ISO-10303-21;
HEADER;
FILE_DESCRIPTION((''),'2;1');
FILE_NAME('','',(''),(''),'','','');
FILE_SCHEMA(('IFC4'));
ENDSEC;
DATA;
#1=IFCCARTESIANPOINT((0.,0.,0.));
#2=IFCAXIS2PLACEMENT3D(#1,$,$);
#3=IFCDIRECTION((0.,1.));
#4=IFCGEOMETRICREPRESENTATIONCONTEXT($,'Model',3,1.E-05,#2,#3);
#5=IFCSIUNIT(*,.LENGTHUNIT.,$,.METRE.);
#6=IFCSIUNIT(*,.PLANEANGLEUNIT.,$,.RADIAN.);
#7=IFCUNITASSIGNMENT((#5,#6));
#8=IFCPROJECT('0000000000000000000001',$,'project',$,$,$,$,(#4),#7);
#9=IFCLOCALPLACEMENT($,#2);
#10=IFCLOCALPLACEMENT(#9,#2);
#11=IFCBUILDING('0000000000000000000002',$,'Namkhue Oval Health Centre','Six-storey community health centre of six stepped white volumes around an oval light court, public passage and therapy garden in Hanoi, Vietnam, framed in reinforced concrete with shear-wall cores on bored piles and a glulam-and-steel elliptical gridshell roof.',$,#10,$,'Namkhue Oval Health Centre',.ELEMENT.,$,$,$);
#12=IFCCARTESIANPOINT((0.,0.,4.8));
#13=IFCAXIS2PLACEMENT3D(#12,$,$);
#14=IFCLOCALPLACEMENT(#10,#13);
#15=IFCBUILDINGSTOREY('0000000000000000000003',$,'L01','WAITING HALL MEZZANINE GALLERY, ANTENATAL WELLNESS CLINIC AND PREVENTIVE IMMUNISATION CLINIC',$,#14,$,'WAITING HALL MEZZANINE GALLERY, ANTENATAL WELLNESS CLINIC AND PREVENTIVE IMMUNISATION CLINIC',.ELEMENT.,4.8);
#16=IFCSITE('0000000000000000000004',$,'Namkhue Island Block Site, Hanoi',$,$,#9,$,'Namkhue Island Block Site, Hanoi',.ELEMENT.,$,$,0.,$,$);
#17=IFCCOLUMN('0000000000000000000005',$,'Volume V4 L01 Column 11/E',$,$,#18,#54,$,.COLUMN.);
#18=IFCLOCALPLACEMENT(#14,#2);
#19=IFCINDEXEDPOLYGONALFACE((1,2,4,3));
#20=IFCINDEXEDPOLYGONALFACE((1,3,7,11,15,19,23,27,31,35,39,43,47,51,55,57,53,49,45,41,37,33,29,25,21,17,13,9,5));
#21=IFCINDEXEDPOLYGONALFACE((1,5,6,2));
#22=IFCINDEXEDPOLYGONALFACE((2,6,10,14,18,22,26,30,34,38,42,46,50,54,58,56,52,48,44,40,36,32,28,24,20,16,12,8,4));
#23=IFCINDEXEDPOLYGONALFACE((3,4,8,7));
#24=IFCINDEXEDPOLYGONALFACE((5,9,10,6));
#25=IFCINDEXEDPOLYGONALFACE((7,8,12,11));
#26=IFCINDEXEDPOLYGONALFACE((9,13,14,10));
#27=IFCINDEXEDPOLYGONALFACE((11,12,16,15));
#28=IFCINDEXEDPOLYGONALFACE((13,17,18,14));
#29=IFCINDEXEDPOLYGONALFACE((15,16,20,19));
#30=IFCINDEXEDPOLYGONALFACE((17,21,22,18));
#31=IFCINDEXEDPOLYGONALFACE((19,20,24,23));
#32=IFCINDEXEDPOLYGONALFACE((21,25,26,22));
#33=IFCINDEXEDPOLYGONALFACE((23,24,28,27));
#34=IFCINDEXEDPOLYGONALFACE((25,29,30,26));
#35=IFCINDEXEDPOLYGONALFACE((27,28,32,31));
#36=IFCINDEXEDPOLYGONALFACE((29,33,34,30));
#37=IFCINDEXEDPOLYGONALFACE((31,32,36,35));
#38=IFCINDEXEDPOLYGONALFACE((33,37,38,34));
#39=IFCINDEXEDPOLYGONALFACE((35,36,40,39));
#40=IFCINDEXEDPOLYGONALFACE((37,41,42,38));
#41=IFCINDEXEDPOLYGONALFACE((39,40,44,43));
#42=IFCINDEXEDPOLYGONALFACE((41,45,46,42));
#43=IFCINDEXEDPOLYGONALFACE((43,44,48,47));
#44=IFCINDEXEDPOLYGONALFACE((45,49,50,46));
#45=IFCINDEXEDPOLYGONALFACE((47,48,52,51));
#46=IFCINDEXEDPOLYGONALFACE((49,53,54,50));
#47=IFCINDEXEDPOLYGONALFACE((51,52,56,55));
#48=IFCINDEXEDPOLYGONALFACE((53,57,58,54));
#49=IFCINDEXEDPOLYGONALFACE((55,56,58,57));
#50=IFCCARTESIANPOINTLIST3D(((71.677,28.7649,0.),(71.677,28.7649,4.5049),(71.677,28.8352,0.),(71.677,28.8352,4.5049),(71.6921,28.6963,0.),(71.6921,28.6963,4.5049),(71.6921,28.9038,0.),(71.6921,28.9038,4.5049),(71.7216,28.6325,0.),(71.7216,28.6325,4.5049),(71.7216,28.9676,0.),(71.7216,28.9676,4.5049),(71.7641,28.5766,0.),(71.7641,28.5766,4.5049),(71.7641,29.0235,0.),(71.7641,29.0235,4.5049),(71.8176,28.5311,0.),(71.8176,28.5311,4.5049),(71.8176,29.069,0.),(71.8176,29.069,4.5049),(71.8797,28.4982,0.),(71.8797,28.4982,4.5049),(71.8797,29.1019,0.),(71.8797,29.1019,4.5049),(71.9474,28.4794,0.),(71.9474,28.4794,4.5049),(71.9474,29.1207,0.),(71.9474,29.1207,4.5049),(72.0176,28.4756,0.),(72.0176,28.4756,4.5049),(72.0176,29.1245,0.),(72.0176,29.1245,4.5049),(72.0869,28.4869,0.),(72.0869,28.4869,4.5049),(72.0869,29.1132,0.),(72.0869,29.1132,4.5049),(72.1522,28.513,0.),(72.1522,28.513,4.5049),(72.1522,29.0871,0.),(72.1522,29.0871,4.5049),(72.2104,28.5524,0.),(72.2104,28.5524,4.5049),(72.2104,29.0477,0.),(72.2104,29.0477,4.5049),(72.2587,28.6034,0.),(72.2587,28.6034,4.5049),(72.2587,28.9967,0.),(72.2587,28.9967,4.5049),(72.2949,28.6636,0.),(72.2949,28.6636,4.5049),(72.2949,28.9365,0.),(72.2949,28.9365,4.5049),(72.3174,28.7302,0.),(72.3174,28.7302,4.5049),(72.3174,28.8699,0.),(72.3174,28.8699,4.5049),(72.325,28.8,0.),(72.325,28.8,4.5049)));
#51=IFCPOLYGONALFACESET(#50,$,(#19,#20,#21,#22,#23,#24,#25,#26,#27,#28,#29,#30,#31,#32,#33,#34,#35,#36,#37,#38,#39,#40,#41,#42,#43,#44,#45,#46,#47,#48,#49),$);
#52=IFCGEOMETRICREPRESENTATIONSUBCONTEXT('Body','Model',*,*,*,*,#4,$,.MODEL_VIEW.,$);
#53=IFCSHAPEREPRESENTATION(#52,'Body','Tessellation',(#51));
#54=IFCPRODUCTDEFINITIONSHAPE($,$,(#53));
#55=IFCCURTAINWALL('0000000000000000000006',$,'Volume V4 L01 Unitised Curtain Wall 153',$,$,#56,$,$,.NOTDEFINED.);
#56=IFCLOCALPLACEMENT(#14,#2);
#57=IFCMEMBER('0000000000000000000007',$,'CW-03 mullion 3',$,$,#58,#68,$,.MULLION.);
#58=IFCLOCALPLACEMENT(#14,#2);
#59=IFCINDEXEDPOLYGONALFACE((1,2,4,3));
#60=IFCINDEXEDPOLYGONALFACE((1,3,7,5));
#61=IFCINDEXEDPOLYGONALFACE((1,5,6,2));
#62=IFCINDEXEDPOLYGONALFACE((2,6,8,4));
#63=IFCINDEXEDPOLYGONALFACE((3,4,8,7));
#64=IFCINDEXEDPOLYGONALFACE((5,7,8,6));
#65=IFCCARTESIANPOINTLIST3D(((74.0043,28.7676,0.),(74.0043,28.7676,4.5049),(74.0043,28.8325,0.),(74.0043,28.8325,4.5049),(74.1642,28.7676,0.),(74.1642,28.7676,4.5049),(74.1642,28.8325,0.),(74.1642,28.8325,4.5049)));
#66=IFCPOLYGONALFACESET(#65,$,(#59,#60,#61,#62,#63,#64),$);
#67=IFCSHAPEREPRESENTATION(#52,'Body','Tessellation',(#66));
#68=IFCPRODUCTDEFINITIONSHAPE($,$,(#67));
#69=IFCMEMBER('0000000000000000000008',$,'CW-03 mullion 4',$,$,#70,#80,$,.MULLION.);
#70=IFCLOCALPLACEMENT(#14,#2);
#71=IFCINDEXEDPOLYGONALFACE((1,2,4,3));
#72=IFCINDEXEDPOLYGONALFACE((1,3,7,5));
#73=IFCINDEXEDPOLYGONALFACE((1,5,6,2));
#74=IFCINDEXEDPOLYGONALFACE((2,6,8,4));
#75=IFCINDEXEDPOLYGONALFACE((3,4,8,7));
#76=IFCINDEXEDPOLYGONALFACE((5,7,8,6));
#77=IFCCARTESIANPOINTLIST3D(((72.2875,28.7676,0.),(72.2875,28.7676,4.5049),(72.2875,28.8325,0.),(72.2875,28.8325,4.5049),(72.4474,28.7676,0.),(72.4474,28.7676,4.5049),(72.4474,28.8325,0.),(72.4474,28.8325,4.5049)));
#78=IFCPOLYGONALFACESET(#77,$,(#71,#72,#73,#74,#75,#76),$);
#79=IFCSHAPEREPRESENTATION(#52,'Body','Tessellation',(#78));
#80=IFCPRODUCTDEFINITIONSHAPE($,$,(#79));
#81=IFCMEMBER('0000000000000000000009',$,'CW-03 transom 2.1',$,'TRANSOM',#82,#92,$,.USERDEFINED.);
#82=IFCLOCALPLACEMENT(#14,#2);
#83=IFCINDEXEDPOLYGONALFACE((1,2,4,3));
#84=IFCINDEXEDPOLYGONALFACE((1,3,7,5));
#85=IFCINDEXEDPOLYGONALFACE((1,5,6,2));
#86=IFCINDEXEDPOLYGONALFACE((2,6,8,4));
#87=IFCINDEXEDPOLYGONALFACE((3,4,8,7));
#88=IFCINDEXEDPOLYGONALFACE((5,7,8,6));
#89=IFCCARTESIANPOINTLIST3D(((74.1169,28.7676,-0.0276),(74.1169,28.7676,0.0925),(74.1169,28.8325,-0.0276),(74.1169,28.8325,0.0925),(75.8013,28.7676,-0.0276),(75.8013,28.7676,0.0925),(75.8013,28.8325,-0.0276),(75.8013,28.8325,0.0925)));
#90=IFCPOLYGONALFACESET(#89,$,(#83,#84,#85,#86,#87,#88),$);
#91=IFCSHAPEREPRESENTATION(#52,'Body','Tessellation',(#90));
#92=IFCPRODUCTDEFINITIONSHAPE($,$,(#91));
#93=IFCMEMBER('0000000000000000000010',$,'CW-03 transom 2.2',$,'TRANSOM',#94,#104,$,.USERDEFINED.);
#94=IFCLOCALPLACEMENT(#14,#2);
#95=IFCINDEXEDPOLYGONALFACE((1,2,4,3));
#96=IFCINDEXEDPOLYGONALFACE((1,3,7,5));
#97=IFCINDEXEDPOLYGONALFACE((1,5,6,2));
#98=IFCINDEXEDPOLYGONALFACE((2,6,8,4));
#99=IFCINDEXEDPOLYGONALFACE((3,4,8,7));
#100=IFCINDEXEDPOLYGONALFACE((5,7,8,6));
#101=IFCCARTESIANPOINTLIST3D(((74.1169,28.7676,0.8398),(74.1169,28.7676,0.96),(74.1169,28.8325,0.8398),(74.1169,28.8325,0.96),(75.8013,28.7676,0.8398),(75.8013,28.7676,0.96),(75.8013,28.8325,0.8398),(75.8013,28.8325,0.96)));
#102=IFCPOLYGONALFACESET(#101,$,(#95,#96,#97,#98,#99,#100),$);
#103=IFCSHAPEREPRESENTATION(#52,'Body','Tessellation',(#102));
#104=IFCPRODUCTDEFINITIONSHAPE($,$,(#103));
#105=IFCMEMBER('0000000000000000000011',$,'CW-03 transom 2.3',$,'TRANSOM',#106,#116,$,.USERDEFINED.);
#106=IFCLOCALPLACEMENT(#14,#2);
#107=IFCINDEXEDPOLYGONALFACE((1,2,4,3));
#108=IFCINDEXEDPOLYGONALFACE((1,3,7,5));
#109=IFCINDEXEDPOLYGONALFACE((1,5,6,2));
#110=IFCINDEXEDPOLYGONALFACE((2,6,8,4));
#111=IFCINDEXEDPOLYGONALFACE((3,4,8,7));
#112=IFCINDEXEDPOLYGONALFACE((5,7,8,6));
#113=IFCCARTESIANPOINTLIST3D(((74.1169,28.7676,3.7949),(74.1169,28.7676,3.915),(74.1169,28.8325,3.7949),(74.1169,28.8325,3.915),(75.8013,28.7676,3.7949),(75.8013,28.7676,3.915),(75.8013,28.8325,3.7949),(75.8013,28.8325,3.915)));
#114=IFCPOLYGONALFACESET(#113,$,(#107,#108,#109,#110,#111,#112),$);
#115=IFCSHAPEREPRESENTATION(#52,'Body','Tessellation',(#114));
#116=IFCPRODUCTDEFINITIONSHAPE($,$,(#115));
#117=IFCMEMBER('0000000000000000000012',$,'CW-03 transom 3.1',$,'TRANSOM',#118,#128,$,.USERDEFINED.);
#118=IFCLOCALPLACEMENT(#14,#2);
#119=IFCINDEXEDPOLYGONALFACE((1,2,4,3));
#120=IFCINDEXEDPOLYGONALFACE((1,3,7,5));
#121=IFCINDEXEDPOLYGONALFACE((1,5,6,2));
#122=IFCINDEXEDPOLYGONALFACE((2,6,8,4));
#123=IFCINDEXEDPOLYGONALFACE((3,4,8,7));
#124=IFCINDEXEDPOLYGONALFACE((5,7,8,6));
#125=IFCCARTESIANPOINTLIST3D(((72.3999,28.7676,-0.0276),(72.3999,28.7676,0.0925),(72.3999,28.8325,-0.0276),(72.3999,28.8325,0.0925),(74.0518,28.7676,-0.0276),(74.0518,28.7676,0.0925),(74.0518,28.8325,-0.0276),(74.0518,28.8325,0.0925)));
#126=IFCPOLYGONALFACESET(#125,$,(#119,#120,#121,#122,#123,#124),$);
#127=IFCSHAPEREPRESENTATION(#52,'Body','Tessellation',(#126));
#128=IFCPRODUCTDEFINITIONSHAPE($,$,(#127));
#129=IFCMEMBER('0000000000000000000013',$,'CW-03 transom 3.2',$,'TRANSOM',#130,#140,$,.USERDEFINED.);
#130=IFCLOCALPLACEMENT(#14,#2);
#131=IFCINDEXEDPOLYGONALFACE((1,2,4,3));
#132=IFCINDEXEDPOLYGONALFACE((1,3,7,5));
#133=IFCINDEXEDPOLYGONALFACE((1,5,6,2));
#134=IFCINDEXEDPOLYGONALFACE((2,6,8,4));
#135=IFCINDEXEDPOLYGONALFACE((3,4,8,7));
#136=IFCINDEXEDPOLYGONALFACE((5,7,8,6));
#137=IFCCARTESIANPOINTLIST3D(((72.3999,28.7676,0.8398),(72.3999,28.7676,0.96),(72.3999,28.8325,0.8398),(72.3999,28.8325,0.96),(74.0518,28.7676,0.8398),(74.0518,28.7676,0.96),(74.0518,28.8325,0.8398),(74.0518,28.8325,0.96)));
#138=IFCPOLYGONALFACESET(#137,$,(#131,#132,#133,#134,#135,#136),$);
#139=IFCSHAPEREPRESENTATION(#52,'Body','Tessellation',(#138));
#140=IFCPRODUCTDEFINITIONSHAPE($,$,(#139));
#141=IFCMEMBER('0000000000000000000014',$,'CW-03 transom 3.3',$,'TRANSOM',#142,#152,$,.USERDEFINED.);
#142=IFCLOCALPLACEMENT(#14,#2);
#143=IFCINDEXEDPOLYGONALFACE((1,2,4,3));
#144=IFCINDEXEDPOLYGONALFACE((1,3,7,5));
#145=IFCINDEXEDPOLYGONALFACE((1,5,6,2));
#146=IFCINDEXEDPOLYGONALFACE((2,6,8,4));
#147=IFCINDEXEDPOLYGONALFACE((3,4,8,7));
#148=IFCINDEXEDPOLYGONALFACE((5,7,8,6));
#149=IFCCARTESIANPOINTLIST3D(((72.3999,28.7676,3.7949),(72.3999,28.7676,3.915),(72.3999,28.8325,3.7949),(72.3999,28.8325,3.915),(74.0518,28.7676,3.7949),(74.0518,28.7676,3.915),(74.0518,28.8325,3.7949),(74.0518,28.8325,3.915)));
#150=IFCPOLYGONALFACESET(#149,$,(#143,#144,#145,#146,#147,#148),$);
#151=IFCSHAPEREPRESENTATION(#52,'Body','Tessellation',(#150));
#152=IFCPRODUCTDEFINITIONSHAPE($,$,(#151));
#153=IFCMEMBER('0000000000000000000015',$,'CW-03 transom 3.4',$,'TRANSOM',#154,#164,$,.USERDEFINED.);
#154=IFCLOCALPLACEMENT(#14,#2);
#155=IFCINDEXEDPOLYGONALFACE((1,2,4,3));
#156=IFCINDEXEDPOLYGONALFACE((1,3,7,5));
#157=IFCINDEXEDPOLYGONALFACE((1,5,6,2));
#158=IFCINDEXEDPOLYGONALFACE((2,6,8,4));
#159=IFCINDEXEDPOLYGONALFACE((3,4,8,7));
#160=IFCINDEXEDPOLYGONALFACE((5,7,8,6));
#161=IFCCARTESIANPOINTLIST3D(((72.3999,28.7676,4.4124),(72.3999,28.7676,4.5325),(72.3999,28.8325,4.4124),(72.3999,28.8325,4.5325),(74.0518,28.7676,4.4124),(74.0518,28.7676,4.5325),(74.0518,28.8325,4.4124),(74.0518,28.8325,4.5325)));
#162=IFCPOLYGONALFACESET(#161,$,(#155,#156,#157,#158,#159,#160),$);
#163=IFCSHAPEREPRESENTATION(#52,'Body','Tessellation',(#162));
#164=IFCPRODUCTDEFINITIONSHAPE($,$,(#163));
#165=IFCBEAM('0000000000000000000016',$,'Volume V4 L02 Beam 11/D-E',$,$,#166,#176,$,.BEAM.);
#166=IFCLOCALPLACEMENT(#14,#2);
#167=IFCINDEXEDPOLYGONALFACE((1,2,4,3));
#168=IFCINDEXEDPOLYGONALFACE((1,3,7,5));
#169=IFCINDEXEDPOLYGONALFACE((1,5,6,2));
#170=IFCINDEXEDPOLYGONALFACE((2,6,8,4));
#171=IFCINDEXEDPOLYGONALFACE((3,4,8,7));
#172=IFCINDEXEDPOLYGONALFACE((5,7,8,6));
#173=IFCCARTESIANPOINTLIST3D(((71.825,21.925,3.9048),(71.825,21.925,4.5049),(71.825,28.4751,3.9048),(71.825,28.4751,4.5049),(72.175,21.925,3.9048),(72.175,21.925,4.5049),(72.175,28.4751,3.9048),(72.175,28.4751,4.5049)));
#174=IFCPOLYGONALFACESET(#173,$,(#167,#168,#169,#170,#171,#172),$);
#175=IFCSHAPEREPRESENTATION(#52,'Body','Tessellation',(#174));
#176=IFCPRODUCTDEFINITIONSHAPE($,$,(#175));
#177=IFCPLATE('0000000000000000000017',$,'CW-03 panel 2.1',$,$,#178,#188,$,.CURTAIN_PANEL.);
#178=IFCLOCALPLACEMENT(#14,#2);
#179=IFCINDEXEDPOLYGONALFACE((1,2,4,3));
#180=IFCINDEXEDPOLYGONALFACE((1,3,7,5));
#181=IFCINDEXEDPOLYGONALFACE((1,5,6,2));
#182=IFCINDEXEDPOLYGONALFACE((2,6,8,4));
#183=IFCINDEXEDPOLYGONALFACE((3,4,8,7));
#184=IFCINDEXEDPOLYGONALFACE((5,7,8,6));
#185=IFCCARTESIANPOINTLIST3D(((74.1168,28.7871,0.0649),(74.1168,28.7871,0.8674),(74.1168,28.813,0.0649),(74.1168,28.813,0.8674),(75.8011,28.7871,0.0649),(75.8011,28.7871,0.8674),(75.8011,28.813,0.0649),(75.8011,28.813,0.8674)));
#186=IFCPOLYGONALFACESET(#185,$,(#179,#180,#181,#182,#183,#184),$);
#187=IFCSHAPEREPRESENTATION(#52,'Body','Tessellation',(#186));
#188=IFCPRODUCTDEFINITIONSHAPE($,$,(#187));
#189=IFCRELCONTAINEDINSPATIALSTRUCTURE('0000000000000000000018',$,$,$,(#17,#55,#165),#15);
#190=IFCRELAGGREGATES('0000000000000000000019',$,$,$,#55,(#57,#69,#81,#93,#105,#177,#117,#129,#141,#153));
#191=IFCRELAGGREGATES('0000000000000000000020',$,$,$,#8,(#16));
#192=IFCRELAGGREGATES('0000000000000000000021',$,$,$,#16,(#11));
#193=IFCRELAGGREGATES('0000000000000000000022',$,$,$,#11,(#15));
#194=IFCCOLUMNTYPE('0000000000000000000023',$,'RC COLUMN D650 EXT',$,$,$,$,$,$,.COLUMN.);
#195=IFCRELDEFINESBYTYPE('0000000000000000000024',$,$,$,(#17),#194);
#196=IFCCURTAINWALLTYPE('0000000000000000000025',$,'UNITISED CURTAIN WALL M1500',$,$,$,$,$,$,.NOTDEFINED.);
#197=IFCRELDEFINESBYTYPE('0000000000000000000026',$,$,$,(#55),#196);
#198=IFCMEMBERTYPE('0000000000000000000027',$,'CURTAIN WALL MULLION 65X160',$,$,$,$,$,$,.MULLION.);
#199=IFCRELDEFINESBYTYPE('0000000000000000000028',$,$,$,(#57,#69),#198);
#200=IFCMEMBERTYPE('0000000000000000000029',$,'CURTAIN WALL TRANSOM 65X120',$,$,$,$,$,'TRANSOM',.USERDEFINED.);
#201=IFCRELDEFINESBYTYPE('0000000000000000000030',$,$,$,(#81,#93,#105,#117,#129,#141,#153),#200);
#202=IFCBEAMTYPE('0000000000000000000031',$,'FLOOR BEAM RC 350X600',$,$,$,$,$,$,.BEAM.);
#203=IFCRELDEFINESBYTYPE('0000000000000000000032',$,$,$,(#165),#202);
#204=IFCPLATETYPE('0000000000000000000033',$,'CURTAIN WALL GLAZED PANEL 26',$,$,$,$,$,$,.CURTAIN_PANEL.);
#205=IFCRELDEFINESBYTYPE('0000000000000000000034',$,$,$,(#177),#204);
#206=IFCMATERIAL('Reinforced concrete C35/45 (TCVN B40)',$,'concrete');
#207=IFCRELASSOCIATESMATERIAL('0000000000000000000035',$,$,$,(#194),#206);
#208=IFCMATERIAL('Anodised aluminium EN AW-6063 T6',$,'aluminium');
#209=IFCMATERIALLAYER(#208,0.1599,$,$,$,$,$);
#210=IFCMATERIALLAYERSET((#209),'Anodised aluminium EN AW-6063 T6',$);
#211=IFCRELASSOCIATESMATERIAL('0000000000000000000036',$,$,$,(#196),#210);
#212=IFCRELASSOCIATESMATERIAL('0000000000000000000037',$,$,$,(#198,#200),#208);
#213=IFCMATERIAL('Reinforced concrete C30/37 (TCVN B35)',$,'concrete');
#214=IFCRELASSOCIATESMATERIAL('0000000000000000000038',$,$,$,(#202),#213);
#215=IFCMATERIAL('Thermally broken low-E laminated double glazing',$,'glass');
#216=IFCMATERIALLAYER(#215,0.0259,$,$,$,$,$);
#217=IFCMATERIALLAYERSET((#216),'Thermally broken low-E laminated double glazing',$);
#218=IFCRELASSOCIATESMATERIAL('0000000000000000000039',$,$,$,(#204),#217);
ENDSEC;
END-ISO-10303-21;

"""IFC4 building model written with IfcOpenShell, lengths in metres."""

from ifc_helpers import new_model, si_unit, direction, frame, origin, origin_2d, place, context, subcontext, project, spatial, rectangle, circle, extrude, material, layer, layer_set, material_profile, profile_set, type_object, element, aggregate, save


model = new_model("IFC4")

# Units and contexts
model_context = context("Model", 3, precision=1e-05, world=origin(), true_north=direction((0.0, 1.0)))
body_context = subcontext(model_context, "Body", "Model", "MODEL_VIEW")
ifc_project = project(units=[si_unit("LENGTHUNIT", "METRE"), si_unit("PLANEANGLEUNIT", "RADIAN")], contexts=[model_context])

# Site, building, storey
site_placement = place(None, origin())
site = spatial("IfcSite", under=ifc_project, at=site_placement, Name="Namkhue Island Block Site, Hanoi", LongName="Namkhue Island Block Site, Hanoi", CompositionType="ELEMENT", RefElevation=0.0)
building_placement = place(site_placement, origin())
building = spatial("IfcBuilding", under=site, at=building_placement, Name="Namkhue Oval Health Centre", Description="Six-storey community health centre of six stepped white volumes around an oval light court, public passage and therapy garden in Hanoi, Vietnam, framed in reinforced concrete with shear-wall cores on bored piles and a glulam-and-steel elliptical gridshell roof.", LongName="Namkhue Oval Health Centre", CompositionType="ELEMENT")
storey_placement = place(building_placement, frame((0.0, 0.0, 4.8)))
storey = spatial("IfcBuildingStorey", under=building, at=storey_placement, Name="L01", Description="WAITING HALL MEZZANINE GALLERY, ANTENATAL WELLNESS CLINIC AND PREVENTIVE IMMUNISATION CLINIC", LongName="WAITING HALL MEZZANINE GALLERY, ANTENATAL WELLNESS CLINIC AND PREVENTIVE IMMUNISATION CLINIC", CompositionType="ELEMENT", Elevation=4.8)

# Column
ifc_material_1 = material(Name="Reinforced concrete C35/45 (TCVN B40)", Category="concrete")
ifc_material_profile_1 = material_profile(ifc_material_1, circle(Radius=0.325, at=origin_2d()), Name="RC D650")
ifc_profile_set_1 = profile_set([ifc_material_profile_1], Name="Reinforced concrete C35/45 (TCVN B40)")
column_type = type_object("IfcColumnType", Name="RC COLUMN D650 EXT", PredefinedType="COLUMN", material=ifc_profile_set_1)
column_placement = place(storey_placement, frame((72.0, 28.8, 0.0), z_axis=(0.0, 0.0, 1.0), x_axis=(1.0, 0.0, 0.0)))
element("IfcColumn", 1, at=column_placement, inside=storey, type_object=column_type, Name="Volume V4 L01 Column 11/E", PredefinedType="COLUMN", context=body_context, shape_type="SweptSolid", body=[
    extrude(circle(Radius=0.325, at=origin_2d()), origin(), (0.0, 0.0, 1.0), 4.5049),
])

# Curtain wall, members
ifc_material_2 = material(Name="Anodised aluminium EN AW-6063 T6", Category="aluminium")
ifc_layer_1 = layer(ifc_material_2, 0.1599)
ifc_layer_set_1 = layer_set([ifc_layer_1], Name="Anodised aluminium EN AW-6063 T6")
curtain_wall_type = type_object("IfcCurtainWallType", Name="UNITISED CURTAIN WALL M1500", PredefinedType="NOTDEFINED", material=ifc_layer_set_1)
curtain_wall_placement = place(storey_placement, origin())
curtain_wall = element("IfcCurtainWall", 2, at=curtain_wall_placement, inside=storey, type_object=curtain_wall_type, Name="Volume V4 L01 Unitised Curtain Wall 153", PredefinedType="NOTDEFINED")
ifc_material_profile_2 = material_profile(ifc_material_2, rectangle(XDim=0.0649, YDim=0.1599, at=origin_2d()), Name="ALU 65x160")
ifc_profile_set_2 = profile_set([ifc_material_profile_2], Name="Anodised aluminium EN AW-6063 T6")
member_type_1 = type_object("IfcMemberType", Name="CURTAIN WALL MULLION 65X160", PredefinedType="MULLION", material=ifc_profile_set_2)
member_1_placement = place(storey_placement, frame((74.0842, 28.8, 0.0), z_axis=(0.0, 0.0, 1.0), x_axis=(0.0, -1.0, 0.0)))
member_1 = element("IfcMember", 3, at=member_1_placement, type_object=member_type_1, Name="CW-03 mullion 3", PredefinedType="MULLION", context=body_context, shape_type="SweptSolid", body=[
    extrude(rectangle(XDim=0.0649, YDim=0.1599, at=origin_2d()), origin(), (0.0, 0.0, 1.0), 4.5049),
])
member_2_placement = place(storey_placement, frame((72.3674, 28.8, 0.0), z_axis=(0.0, 0.0, 1.0), x_axis=(0.0, -1.0, 0.0)))
member_2 = element("IfcMember", 4, at=member_2_placement, type_object=member_type_1, Name="CW-03 mullion 4", PredefinedType="MULLION", context=body_context, shape_type="SweptSolid", body=[
    extrude(rectangle(XDim=0.0649, YDim=0.1599, at=origin_2d()), origin(), (0.0, 0.0, 1.0), 4.5049),
])
ifc_material_profile_3 = material_profile(ifc_material_2, rectangle(XDim=0.0649, YDim=0.1201, at=origin_2d()), Name="ALU 65x120")
ifc_profile_set_3 = profile_set([ifc_material_profile_3], Name="Anodised aluminium EN AW-6063 T6")
member_type_2 = type_object("IfcMemberType", Name="CURTAIN WALL TRANSOM 65X120", ElementType="TRANSOM", PredefinedType="USERDEFINED", material=ifc_profile_set_3)
member_3_placement = place(storey_placement, frame((75.8013, 28.8, 0.0325), z_axis=(-1.0, 0.0, 0.0), x_axis=(0.0, -1.0, 0.0)))
member_3 = element("IfcMember", 5, at=member_3_placement, type_object=member_type_2, Name="CW-03 transom 2.1", ObjectType="TRANSOM", PredefinedType="USERDEFINED", context=body_context, shape_type="SweptSolid", body=[
    extrude(rectangle(XDim=0.0649, YDim=0.1201, at=origin_2d()), origin(), (0.0, 0.0, 1.0), 1.6843),
])
member_4_placement = place(storey_placement, frame((75.8013, 28.8, 0.8999), z_axis=(-1.0, 0.0, 0.0), x_axis=(0.0, -1.0, 0.0)))
member_4 = element("IfcMember", 6, at=member_4_placement, type_object=member_type_2, Name="CW-03 transom 2.2", ObjectType="TRANSOM", PredefinedType="USERDEFINED", context=body_context, shape_type="SweptSolid", body=[
    extrude(rectangle(XDim=0.0649, YDim=0.1201, at=origin_2d()), origin(), (0.0, 0.0, 1.0), 1.6843),
])
member_5_placement = place(storey_placement, frame((75.8013, 28.8, 3.855), z_axis=(-1.0, 0.0, 0.0), x_axis=(0.0, -1.0, 0.0)))
member_5 = element("IfcMember", 7, at=member_5_placement, type_object=member_type_2, Name="CW-03 transom 2.3", ObjectType="TRANSOM", PredefinedType="USERDEFINED", context=body_context, shape_type="SweptSolid", body=[
    extrude(rectangle(XDim=0.0649, YDim=0.1201, at=origin_2d()), origin(), (0.0, 0.0, 1.0), 1.6843),
])
member_6_placement = place(storey_placement, frame((74.0518, 28.8, 0.0325), z_axis=(-1.0, 0.0, 0.0), x_axis=(0.0, -1.0, 0.0)))
member_6 = element("IfcMember", 8, at=member_6_placement, type_object=member_type_2, Name="CW-03 transom 3.1", ObjectType="TRANSOM", PredefinedType="USERDEFINED", context=body_context, shape_type="SweptSolid", body=[
    extrude(rectangle(XDim=0.0649, YDim=0.1201, at=origin_2d()), origin(), (0.0, 0.0, 1.0), 1.6519),
])
member_7_placement = place(storey_placement, frame((74.0518, 28.8, 0.8999), z_axis=(-1.0, 0.0, 0.0), x_axis=(0.0, -1.0, 0.0)))
member_7 = element("IfcMember", 9, at=member_7_placement, type_object=member_type_2, Name="CW-03 transom 3.2", ObjectType="TRANSOM", PredefinedType="USERDEFINED", context=body_context, shape_type="SweptSolid", body=[
    extrude(rectangle(XDim=0.0649, YDim=0.1201, at=origin_2d()), origin(), (0.0, 0.0, 1.0), 1.6519),
])
member_8_placement = place(storey_placement, frame((74.0518, 28.8, 3.855), z_axis=(-1.0, 0.0, 0.0), x_axis=(0.0, -1.0, 0.0)))
member_8 = element("IfcMember", 10, at=member_8_placement, type_object=member_type_2, Name="CW-03 transom 3.3", ObjectType="TRANSOM", PredefinedType="USERDEFINED", context=body_context, shape_type="SweptSolid", body=[
    extrude(rectangle(XDim=0.0649, YDim=0.1201, at=origin_2d()), origin(), (0.0, 0.0, 1.0), 1.6519),
])
member_9_placement = place(storey_placement, frame((74.0518, 28.8, 4.4724), z_axis=(-1.0, 0.0, 0.0), x_axis=(0.0, -1.0, 0.0)))
member_9 = element("IfcMember", 11, at=member_9_placement, type_object=member_type_2, Name="CW-03 transom 3.4", ObjectType="TRANSOM", PredefinedType="USERDEFINED", context=body_context, shape_type="SweptSolid", body=[
    extrude(rectangle(XDim=0.0649, YDim=0.1201, at=origin_2d()), origin(), (0.0, 0.0, 1.0), 1.6519),
])

# Beam
ifc_material_3 = material(Name="Reinforced concrete C30/37 (TCVN B35)", Category="concrete")
ifc_material_profile_4 = material_profile(ifc_material_3, rectangle(XDim=0.3501, YDim=0.6001, at=origin_2d()), Name="RC 350x600")
ifc_profile_set_4 = profile_set([ifc_material_profile_4], Name="Reinforced concrete C30/37 (TCVN B35)")
beam_type = type_object("IfcBeamType", Name="FLOOR BEAM RC 350X600", PredefinedType="BEAM", material=ifc_profile_set_4)
beam_placement = place(storey_placement, frame((72.0, 21.925, 4.2048), z_axis=(0.0, 1.0, 0.0), x_axis=(-1.0, 0.0, 0.0)))
element("IfcBeam", 12, at=beam_placement, inside=storey, type_object=beam_type, Name="Volume V4 L02 Beam 11/D-E", PredefinedType="BEAM", context=body_context, shape_type="SweptSolid", body=[
    extrude(rectangle(XDim=0.3501, YDim=0.6001, at=origin_2d()), origin(), (0.0, 0.0, 1.0), 6.55),
])

# Plate
ifc_material_4 = material(Name="Thermally broken low-E laminated double glazing", Category="glass")
ifc_layer_2 = layer(ifc_material_4, 0.0259)
ifc_layer_set_2 = layer_set([ifc_layer_2], Name="Thermally broken low-E laminated double glazing")
plate_type = type_object("IfcPlateType", Name="CURTAIN WALL GLAZED PANEL 26", PredefinedType="CURTAIN_PANEL", material=ifc_layer_set_2)
plate_1_placement = place(storey_placement, frame((74.959, 28.8, 0.0649), z_axis=(0.0, 0.0, 1.0), x_axis=(-1.0, 0.0, 0.0)))
plate_1 = element("IfcPlate", 13, at=plate_1_placement, type_object=plate_type, Name="CW-03 panel 2.1", PredefinedType="CURTAIN_PANEL", context=body_context, shape_type="SweptSolid", body=[
    extrude(rectangle(XDim=1.6843, YDim=0.0259, at=origin_2d()), origin(), (0.0, 0.0, 1.0), 0.8025),
])
aggregate(curtain_wall, [member_1, member_2, member_3, member_4, member_5, plate_1, member_6, member_7, member_8, member_9])

save(model, "model.ifc")
